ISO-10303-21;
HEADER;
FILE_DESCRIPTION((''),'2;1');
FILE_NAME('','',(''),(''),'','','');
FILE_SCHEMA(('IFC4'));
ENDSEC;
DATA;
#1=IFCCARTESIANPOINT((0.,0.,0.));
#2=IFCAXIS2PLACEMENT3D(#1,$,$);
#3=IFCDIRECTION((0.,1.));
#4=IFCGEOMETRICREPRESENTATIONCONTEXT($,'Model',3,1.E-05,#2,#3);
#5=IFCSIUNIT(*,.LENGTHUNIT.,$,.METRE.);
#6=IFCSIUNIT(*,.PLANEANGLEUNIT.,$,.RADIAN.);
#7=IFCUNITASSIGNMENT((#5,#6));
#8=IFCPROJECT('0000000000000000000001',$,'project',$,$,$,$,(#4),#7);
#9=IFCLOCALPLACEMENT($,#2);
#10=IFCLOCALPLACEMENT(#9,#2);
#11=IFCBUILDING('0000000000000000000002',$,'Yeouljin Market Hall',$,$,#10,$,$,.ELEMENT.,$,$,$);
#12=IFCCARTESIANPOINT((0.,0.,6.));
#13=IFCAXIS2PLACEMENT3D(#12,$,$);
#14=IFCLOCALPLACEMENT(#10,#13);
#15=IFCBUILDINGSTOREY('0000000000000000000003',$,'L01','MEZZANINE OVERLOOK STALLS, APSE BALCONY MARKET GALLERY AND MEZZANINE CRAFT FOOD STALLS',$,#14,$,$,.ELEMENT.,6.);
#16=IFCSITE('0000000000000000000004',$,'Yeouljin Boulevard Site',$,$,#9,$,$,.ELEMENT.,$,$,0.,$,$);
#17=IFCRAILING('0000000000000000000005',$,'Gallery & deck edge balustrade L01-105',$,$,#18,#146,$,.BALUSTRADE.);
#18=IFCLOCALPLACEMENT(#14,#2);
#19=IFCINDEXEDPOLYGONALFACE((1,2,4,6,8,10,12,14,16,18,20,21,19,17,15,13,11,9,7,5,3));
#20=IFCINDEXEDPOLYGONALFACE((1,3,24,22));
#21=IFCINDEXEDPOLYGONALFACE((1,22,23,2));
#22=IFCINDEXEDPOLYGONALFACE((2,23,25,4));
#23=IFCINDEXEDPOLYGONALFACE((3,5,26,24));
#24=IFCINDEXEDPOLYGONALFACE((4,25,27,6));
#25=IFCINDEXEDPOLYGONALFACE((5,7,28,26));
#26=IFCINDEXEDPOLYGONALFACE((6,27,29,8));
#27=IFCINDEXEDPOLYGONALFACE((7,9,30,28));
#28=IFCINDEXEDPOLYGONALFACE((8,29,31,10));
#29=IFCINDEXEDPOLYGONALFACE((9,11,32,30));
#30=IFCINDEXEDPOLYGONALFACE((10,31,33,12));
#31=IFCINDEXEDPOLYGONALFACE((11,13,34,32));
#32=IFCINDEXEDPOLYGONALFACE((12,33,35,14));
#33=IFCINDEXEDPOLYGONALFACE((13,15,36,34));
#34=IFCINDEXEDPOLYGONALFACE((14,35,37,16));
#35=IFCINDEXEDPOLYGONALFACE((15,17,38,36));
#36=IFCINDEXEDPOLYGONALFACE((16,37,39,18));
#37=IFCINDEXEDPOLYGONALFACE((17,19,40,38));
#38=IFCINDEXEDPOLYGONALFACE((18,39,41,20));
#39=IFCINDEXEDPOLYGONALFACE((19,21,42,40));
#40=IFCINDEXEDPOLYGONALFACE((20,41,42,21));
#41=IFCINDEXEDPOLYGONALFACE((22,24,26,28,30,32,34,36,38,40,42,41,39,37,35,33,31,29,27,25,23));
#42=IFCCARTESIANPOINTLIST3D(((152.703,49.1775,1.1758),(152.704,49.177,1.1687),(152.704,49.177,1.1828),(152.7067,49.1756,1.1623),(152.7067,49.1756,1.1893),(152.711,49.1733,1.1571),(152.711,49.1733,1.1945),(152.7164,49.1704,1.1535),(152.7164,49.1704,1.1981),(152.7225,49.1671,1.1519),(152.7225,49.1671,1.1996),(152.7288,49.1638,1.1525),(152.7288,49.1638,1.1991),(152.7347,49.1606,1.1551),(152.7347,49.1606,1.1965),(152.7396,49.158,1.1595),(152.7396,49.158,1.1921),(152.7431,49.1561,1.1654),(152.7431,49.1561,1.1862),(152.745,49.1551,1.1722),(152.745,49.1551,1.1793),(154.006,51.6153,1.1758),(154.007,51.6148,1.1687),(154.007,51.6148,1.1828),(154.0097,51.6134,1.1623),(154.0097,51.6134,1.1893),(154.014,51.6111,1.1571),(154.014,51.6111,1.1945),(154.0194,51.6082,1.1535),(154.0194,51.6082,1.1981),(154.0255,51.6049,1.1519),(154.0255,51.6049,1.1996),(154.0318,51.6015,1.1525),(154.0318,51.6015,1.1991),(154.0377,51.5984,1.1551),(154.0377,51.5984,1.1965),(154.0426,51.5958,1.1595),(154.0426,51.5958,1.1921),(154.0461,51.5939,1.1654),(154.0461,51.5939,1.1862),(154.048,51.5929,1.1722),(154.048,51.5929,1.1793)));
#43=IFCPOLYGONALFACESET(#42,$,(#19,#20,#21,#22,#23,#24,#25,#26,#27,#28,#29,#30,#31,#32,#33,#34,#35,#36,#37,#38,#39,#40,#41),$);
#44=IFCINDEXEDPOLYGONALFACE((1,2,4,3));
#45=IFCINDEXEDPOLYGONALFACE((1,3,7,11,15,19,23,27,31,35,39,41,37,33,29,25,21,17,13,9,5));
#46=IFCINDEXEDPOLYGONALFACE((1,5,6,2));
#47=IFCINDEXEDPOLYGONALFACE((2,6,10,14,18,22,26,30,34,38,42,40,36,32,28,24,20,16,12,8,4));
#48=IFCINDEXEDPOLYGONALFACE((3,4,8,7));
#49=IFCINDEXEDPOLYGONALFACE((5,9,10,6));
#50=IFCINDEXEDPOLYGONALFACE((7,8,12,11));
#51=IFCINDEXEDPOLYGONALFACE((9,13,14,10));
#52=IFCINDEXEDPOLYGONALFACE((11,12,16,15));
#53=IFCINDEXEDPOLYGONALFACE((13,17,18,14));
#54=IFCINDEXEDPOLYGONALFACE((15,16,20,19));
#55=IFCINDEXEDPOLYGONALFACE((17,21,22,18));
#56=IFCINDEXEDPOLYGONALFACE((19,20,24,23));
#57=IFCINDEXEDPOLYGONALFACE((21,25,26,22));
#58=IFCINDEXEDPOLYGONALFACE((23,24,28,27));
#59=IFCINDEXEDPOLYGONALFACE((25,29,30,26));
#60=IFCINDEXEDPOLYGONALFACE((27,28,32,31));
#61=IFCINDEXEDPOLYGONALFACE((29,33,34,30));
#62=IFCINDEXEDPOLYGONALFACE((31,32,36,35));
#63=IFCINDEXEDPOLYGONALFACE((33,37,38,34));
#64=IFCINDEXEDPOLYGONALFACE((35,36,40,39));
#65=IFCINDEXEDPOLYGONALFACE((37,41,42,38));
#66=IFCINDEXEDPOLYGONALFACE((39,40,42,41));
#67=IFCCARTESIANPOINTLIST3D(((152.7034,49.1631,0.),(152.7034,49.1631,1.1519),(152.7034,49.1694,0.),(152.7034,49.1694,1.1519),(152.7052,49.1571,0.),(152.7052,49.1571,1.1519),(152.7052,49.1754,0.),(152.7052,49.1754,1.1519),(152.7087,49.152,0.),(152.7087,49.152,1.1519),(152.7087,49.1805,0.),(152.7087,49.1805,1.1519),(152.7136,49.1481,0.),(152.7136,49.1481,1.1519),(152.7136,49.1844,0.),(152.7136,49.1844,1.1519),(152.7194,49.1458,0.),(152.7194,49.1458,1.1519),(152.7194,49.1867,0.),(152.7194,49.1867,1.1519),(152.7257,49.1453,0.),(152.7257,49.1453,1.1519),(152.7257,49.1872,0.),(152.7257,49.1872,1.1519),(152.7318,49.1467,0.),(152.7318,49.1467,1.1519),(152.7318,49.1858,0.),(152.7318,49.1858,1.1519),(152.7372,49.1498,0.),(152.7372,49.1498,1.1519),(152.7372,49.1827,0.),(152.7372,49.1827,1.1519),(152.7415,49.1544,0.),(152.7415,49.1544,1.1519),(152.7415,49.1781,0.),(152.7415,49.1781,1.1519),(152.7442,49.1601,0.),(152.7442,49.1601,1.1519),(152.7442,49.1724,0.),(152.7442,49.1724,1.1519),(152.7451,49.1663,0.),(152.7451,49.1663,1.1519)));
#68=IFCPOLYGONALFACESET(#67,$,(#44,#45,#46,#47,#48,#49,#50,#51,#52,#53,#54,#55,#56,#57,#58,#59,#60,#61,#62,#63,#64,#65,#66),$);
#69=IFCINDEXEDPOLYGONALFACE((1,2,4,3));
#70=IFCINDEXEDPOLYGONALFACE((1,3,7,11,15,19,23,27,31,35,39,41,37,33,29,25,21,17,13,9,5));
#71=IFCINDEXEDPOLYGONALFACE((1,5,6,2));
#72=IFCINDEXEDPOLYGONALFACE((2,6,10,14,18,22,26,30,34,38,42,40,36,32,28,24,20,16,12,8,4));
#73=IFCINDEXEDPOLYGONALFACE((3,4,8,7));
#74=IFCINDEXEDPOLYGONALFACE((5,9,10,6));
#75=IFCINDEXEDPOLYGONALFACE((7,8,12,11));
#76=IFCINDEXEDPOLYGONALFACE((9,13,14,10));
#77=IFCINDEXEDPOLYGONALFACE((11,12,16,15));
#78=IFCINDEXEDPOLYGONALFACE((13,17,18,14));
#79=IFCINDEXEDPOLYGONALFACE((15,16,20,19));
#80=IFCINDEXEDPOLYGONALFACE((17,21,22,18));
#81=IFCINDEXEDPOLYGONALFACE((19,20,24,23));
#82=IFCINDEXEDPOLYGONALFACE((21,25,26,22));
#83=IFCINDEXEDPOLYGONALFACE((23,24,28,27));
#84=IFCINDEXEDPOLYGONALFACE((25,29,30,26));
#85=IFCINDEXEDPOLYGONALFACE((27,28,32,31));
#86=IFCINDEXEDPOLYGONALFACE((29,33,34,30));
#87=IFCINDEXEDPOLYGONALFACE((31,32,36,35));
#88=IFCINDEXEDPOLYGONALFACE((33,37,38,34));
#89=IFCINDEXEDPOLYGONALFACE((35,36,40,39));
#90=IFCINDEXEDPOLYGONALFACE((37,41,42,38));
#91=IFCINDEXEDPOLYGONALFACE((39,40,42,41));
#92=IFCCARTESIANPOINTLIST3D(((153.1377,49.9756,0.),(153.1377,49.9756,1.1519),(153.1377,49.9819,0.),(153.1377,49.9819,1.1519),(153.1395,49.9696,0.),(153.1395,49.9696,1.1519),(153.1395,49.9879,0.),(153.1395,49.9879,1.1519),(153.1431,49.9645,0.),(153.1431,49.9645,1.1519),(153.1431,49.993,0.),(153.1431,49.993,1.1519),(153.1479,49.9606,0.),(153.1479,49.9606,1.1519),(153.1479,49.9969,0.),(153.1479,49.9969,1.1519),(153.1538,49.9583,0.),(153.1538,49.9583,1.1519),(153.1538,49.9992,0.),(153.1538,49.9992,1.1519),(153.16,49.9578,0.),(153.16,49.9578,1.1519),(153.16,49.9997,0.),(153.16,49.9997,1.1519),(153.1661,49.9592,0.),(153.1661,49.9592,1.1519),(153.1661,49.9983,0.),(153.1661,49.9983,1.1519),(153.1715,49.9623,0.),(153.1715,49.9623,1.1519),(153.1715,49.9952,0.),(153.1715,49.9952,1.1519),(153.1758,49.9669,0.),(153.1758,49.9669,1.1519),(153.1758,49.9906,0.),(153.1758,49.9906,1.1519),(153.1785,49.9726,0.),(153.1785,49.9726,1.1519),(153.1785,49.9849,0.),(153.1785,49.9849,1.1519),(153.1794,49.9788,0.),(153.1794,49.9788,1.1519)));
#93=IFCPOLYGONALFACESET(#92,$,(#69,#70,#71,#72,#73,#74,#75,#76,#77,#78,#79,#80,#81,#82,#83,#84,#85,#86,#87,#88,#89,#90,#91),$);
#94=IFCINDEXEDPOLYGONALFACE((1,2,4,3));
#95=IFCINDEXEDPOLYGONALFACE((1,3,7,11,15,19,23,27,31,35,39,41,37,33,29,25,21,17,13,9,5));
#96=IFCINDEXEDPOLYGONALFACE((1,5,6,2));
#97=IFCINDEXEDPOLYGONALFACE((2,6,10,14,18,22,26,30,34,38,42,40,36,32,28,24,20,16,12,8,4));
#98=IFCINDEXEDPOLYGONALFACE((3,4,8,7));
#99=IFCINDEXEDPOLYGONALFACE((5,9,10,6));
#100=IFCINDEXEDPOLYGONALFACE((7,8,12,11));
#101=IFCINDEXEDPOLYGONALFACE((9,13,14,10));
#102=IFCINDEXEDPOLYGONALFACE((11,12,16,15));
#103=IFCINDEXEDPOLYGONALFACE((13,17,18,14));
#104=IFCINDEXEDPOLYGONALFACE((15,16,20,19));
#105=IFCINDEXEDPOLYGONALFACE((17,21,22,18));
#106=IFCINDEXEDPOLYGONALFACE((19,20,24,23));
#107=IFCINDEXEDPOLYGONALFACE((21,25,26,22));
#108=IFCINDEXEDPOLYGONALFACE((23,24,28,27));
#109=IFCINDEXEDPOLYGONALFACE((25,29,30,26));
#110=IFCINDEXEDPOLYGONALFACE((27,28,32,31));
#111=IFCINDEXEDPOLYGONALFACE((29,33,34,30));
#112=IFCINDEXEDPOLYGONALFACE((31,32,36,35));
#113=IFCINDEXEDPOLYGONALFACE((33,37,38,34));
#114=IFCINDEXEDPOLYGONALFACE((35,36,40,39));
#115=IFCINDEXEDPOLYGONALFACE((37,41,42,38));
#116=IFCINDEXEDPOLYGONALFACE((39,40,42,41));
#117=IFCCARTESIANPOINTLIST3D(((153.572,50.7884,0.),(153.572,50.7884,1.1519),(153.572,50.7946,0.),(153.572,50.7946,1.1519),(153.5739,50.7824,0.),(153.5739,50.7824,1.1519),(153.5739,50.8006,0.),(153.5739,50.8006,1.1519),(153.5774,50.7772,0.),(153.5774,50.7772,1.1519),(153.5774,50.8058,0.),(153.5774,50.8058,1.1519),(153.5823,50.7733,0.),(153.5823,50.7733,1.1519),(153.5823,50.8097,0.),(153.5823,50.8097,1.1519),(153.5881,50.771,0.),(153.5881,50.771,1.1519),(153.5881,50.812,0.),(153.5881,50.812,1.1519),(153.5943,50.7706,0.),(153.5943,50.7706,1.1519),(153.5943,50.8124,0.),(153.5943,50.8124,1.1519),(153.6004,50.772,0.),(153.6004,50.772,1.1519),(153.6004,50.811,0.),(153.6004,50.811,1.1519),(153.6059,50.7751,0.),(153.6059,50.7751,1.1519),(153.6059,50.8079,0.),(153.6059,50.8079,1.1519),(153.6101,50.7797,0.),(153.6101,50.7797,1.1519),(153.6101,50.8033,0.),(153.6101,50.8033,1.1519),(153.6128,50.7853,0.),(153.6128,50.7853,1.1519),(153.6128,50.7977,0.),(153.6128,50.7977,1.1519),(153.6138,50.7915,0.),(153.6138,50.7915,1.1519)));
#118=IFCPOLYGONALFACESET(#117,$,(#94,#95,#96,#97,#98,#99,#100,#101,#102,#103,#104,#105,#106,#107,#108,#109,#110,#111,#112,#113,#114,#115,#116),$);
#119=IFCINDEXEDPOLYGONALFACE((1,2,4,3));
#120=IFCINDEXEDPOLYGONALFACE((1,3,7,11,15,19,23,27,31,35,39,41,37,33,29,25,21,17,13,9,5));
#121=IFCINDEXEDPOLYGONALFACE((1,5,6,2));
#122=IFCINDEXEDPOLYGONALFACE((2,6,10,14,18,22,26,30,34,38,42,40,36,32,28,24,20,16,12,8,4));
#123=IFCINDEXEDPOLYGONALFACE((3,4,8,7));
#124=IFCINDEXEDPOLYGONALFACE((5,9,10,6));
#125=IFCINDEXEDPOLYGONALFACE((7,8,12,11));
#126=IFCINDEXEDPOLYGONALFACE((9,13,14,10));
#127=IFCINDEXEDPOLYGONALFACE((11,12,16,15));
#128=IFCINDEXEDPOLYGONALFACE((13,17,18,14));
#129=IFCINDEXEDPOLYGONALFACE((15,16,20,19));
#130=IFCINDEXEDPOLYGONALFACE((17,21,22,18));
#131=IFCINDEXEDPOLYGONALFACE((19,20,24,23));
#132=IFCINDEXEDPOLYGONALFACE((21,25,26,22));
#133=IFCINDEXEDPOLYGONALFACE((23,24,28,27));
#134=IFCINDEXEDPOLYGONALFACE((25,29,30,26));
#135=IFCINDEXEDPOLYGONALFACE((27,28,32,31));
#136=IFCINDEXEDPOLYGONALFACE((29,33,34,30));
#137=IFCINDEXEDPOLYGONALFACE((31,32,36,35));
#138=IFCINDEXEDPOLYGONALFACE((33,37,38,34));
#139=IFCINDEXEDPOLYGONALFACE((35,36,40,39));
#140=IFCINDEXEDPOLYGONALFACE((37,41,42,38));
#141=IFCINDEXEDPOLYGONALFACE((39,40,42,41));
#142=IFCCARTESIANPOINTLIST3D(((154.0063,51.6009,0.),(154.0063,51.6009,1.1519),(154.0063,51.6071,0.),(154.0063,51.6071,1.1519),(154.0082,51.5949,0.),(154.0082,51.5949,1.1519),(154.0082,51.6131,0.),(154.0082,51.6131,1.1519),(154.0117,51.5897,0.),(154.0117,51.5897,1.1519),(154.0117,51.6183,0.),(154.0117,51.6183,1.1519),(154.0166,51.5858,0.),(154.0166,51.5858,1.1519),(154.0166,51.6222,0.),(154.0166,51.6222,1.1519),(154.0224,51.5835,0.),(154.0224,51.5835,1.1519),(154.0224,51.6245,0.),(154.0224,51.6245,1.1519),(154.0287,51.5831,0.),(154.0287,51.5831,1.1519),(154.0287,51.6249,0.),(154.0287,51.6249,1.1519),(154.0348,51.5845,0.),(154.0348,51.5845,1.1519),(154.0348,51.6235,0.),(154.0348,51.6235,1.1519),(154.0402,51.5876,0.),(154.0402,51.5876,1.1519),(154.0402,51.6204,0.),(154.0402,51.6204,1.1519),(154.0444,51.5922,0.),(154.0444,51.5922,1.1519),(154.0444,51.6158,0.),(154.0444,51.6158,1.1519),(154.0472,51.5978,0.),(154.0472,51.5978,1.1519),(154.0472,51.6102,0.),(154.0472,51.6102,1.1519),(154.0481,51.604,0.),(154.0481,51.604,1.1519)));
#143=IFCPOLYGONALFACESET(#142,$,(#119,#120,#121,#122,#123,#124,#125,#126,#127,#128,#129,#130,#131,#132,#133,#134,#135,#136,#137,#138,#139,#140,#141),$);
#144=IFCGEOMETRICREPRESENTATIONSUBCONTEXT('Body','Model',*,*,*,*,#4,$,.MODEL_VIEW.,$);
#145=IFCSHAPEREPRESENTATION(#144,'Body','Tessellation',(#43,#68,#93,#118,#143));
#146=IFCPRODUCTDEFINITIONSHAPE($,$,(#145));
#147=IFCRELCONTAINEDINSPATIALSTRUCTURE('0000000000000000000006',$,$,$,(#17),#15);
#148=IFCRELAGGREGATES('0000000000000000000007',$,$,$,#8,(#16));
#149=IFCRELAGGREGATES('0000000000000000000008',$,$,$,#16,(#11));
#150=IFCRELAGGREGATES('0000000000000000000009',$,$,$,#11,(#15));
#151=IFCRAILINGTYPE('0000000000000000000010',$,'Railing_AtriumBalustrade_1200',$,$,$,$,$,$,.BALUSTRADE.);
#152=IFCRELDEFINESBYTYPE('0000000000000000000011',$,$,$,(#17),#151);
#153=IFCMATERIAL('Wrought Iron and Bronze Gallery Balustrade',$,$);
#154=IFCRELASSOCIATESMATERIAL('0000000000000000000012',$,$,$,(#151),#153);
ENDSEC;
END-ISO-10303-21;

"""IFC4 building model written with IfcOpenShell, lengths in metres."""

from ifc_helpers import new_model, si_unit, direction, frame, origin, origin_2d, place, context, subcontext, project, spatial, circle, extrude, material, type_object, element, save


model = new_model("IFC4")

# Units and contexts
model_context = context("Model", 3, precision=1e-05, world=origin(), true_north=direction((0.0, 1.0)))
body_context = subcontext(model_context, "Body", "Model", "MODEL_VIEW")
ifc_project = project(units=[si_unit("LENGTHUNIT", "METRE"), si_unit("PLANEANGLEUNIT", "RADIAN")], contexts=[model_context])

# Site, building, storey
site_placement = place(None, origin())
site = spatial("IfcSite", under=ifc_project, at=site_placement, Name="Yeouljin Boulevard Site", CompositionType="ELEMENT", RefElevation=0.0)
building_placement = place(site_placement, origin())
building = spatial("IfcBuilding", under=site, at=building_placement, Name="Yeouljin Market Hall", CompositionType="ELEMENT")
storey_placement = place(building_placement, frame((0.0, 0.0, 6.0)))
storey = spatial("IfcBuildingStorey", under=building, at=storey_placement, Name="L01", Description="MEZZANINE OVERLOOK STALLS, APSE BALCONY MARKET GALLERY AND MEZZANINE CRAFT FOOD STALLS", CompositionType="ELEMENT", Elevation=6.0)

# Railing
ifc_material_1 = material(Name="Wrought Iron and Bronze Gallery Balustrade")
railing_type = type_object("IfcRailingType", Name="Railing_AtriumBalustrade_1200", PredefinedType="BALUSTRADE", material=ifc_material_1)
railing_1_placement = place(storey_placement, frame((152.7241, 49.1663, 0.0)))
element("IfcRailing", 1, at=railing_1_placement, inside=storey, type_object=railing_type, Name="Gallery & deck edge balustrade L01-105", PredefinedType="BALUSTRADE", context=body_context, shape_type="SweptSolid", body=[
    extrude(circle(Radius=0.0239, at=origin_2d()), frame((0.0, 0.0, 1.1758), z_axis=(0.47139, 0.881925, 0.0), x_axis=(-0.881925, 0.47139, 0.0)), (0.0, 0.0, 1.0), 2.7642),
    extrude(circle(Radius=0.021, at=origin_2d()), origin(), (0.0, 0.0, 1.0), 1.1519),
    extrude(circle(Radius=0.021, at=origin_2d()), frame((0.4343, 0.8125, 0.0)), (0.0, 0.0, 1.0), 1.1519),
    extrude(circle(Radius=0.021, at=origin_2d()), frame((0.8687, 1.6252, 0.0)), (0.0, 0.0, 1.0), 1.1519),
    extrude(circle(Radius=0.021, at=origin_2d()), frame((1.303, 2.4377, 0.0)), (0.0, 0.0, 1.0), 1.1519),
])

save(model, "model.ifc")
